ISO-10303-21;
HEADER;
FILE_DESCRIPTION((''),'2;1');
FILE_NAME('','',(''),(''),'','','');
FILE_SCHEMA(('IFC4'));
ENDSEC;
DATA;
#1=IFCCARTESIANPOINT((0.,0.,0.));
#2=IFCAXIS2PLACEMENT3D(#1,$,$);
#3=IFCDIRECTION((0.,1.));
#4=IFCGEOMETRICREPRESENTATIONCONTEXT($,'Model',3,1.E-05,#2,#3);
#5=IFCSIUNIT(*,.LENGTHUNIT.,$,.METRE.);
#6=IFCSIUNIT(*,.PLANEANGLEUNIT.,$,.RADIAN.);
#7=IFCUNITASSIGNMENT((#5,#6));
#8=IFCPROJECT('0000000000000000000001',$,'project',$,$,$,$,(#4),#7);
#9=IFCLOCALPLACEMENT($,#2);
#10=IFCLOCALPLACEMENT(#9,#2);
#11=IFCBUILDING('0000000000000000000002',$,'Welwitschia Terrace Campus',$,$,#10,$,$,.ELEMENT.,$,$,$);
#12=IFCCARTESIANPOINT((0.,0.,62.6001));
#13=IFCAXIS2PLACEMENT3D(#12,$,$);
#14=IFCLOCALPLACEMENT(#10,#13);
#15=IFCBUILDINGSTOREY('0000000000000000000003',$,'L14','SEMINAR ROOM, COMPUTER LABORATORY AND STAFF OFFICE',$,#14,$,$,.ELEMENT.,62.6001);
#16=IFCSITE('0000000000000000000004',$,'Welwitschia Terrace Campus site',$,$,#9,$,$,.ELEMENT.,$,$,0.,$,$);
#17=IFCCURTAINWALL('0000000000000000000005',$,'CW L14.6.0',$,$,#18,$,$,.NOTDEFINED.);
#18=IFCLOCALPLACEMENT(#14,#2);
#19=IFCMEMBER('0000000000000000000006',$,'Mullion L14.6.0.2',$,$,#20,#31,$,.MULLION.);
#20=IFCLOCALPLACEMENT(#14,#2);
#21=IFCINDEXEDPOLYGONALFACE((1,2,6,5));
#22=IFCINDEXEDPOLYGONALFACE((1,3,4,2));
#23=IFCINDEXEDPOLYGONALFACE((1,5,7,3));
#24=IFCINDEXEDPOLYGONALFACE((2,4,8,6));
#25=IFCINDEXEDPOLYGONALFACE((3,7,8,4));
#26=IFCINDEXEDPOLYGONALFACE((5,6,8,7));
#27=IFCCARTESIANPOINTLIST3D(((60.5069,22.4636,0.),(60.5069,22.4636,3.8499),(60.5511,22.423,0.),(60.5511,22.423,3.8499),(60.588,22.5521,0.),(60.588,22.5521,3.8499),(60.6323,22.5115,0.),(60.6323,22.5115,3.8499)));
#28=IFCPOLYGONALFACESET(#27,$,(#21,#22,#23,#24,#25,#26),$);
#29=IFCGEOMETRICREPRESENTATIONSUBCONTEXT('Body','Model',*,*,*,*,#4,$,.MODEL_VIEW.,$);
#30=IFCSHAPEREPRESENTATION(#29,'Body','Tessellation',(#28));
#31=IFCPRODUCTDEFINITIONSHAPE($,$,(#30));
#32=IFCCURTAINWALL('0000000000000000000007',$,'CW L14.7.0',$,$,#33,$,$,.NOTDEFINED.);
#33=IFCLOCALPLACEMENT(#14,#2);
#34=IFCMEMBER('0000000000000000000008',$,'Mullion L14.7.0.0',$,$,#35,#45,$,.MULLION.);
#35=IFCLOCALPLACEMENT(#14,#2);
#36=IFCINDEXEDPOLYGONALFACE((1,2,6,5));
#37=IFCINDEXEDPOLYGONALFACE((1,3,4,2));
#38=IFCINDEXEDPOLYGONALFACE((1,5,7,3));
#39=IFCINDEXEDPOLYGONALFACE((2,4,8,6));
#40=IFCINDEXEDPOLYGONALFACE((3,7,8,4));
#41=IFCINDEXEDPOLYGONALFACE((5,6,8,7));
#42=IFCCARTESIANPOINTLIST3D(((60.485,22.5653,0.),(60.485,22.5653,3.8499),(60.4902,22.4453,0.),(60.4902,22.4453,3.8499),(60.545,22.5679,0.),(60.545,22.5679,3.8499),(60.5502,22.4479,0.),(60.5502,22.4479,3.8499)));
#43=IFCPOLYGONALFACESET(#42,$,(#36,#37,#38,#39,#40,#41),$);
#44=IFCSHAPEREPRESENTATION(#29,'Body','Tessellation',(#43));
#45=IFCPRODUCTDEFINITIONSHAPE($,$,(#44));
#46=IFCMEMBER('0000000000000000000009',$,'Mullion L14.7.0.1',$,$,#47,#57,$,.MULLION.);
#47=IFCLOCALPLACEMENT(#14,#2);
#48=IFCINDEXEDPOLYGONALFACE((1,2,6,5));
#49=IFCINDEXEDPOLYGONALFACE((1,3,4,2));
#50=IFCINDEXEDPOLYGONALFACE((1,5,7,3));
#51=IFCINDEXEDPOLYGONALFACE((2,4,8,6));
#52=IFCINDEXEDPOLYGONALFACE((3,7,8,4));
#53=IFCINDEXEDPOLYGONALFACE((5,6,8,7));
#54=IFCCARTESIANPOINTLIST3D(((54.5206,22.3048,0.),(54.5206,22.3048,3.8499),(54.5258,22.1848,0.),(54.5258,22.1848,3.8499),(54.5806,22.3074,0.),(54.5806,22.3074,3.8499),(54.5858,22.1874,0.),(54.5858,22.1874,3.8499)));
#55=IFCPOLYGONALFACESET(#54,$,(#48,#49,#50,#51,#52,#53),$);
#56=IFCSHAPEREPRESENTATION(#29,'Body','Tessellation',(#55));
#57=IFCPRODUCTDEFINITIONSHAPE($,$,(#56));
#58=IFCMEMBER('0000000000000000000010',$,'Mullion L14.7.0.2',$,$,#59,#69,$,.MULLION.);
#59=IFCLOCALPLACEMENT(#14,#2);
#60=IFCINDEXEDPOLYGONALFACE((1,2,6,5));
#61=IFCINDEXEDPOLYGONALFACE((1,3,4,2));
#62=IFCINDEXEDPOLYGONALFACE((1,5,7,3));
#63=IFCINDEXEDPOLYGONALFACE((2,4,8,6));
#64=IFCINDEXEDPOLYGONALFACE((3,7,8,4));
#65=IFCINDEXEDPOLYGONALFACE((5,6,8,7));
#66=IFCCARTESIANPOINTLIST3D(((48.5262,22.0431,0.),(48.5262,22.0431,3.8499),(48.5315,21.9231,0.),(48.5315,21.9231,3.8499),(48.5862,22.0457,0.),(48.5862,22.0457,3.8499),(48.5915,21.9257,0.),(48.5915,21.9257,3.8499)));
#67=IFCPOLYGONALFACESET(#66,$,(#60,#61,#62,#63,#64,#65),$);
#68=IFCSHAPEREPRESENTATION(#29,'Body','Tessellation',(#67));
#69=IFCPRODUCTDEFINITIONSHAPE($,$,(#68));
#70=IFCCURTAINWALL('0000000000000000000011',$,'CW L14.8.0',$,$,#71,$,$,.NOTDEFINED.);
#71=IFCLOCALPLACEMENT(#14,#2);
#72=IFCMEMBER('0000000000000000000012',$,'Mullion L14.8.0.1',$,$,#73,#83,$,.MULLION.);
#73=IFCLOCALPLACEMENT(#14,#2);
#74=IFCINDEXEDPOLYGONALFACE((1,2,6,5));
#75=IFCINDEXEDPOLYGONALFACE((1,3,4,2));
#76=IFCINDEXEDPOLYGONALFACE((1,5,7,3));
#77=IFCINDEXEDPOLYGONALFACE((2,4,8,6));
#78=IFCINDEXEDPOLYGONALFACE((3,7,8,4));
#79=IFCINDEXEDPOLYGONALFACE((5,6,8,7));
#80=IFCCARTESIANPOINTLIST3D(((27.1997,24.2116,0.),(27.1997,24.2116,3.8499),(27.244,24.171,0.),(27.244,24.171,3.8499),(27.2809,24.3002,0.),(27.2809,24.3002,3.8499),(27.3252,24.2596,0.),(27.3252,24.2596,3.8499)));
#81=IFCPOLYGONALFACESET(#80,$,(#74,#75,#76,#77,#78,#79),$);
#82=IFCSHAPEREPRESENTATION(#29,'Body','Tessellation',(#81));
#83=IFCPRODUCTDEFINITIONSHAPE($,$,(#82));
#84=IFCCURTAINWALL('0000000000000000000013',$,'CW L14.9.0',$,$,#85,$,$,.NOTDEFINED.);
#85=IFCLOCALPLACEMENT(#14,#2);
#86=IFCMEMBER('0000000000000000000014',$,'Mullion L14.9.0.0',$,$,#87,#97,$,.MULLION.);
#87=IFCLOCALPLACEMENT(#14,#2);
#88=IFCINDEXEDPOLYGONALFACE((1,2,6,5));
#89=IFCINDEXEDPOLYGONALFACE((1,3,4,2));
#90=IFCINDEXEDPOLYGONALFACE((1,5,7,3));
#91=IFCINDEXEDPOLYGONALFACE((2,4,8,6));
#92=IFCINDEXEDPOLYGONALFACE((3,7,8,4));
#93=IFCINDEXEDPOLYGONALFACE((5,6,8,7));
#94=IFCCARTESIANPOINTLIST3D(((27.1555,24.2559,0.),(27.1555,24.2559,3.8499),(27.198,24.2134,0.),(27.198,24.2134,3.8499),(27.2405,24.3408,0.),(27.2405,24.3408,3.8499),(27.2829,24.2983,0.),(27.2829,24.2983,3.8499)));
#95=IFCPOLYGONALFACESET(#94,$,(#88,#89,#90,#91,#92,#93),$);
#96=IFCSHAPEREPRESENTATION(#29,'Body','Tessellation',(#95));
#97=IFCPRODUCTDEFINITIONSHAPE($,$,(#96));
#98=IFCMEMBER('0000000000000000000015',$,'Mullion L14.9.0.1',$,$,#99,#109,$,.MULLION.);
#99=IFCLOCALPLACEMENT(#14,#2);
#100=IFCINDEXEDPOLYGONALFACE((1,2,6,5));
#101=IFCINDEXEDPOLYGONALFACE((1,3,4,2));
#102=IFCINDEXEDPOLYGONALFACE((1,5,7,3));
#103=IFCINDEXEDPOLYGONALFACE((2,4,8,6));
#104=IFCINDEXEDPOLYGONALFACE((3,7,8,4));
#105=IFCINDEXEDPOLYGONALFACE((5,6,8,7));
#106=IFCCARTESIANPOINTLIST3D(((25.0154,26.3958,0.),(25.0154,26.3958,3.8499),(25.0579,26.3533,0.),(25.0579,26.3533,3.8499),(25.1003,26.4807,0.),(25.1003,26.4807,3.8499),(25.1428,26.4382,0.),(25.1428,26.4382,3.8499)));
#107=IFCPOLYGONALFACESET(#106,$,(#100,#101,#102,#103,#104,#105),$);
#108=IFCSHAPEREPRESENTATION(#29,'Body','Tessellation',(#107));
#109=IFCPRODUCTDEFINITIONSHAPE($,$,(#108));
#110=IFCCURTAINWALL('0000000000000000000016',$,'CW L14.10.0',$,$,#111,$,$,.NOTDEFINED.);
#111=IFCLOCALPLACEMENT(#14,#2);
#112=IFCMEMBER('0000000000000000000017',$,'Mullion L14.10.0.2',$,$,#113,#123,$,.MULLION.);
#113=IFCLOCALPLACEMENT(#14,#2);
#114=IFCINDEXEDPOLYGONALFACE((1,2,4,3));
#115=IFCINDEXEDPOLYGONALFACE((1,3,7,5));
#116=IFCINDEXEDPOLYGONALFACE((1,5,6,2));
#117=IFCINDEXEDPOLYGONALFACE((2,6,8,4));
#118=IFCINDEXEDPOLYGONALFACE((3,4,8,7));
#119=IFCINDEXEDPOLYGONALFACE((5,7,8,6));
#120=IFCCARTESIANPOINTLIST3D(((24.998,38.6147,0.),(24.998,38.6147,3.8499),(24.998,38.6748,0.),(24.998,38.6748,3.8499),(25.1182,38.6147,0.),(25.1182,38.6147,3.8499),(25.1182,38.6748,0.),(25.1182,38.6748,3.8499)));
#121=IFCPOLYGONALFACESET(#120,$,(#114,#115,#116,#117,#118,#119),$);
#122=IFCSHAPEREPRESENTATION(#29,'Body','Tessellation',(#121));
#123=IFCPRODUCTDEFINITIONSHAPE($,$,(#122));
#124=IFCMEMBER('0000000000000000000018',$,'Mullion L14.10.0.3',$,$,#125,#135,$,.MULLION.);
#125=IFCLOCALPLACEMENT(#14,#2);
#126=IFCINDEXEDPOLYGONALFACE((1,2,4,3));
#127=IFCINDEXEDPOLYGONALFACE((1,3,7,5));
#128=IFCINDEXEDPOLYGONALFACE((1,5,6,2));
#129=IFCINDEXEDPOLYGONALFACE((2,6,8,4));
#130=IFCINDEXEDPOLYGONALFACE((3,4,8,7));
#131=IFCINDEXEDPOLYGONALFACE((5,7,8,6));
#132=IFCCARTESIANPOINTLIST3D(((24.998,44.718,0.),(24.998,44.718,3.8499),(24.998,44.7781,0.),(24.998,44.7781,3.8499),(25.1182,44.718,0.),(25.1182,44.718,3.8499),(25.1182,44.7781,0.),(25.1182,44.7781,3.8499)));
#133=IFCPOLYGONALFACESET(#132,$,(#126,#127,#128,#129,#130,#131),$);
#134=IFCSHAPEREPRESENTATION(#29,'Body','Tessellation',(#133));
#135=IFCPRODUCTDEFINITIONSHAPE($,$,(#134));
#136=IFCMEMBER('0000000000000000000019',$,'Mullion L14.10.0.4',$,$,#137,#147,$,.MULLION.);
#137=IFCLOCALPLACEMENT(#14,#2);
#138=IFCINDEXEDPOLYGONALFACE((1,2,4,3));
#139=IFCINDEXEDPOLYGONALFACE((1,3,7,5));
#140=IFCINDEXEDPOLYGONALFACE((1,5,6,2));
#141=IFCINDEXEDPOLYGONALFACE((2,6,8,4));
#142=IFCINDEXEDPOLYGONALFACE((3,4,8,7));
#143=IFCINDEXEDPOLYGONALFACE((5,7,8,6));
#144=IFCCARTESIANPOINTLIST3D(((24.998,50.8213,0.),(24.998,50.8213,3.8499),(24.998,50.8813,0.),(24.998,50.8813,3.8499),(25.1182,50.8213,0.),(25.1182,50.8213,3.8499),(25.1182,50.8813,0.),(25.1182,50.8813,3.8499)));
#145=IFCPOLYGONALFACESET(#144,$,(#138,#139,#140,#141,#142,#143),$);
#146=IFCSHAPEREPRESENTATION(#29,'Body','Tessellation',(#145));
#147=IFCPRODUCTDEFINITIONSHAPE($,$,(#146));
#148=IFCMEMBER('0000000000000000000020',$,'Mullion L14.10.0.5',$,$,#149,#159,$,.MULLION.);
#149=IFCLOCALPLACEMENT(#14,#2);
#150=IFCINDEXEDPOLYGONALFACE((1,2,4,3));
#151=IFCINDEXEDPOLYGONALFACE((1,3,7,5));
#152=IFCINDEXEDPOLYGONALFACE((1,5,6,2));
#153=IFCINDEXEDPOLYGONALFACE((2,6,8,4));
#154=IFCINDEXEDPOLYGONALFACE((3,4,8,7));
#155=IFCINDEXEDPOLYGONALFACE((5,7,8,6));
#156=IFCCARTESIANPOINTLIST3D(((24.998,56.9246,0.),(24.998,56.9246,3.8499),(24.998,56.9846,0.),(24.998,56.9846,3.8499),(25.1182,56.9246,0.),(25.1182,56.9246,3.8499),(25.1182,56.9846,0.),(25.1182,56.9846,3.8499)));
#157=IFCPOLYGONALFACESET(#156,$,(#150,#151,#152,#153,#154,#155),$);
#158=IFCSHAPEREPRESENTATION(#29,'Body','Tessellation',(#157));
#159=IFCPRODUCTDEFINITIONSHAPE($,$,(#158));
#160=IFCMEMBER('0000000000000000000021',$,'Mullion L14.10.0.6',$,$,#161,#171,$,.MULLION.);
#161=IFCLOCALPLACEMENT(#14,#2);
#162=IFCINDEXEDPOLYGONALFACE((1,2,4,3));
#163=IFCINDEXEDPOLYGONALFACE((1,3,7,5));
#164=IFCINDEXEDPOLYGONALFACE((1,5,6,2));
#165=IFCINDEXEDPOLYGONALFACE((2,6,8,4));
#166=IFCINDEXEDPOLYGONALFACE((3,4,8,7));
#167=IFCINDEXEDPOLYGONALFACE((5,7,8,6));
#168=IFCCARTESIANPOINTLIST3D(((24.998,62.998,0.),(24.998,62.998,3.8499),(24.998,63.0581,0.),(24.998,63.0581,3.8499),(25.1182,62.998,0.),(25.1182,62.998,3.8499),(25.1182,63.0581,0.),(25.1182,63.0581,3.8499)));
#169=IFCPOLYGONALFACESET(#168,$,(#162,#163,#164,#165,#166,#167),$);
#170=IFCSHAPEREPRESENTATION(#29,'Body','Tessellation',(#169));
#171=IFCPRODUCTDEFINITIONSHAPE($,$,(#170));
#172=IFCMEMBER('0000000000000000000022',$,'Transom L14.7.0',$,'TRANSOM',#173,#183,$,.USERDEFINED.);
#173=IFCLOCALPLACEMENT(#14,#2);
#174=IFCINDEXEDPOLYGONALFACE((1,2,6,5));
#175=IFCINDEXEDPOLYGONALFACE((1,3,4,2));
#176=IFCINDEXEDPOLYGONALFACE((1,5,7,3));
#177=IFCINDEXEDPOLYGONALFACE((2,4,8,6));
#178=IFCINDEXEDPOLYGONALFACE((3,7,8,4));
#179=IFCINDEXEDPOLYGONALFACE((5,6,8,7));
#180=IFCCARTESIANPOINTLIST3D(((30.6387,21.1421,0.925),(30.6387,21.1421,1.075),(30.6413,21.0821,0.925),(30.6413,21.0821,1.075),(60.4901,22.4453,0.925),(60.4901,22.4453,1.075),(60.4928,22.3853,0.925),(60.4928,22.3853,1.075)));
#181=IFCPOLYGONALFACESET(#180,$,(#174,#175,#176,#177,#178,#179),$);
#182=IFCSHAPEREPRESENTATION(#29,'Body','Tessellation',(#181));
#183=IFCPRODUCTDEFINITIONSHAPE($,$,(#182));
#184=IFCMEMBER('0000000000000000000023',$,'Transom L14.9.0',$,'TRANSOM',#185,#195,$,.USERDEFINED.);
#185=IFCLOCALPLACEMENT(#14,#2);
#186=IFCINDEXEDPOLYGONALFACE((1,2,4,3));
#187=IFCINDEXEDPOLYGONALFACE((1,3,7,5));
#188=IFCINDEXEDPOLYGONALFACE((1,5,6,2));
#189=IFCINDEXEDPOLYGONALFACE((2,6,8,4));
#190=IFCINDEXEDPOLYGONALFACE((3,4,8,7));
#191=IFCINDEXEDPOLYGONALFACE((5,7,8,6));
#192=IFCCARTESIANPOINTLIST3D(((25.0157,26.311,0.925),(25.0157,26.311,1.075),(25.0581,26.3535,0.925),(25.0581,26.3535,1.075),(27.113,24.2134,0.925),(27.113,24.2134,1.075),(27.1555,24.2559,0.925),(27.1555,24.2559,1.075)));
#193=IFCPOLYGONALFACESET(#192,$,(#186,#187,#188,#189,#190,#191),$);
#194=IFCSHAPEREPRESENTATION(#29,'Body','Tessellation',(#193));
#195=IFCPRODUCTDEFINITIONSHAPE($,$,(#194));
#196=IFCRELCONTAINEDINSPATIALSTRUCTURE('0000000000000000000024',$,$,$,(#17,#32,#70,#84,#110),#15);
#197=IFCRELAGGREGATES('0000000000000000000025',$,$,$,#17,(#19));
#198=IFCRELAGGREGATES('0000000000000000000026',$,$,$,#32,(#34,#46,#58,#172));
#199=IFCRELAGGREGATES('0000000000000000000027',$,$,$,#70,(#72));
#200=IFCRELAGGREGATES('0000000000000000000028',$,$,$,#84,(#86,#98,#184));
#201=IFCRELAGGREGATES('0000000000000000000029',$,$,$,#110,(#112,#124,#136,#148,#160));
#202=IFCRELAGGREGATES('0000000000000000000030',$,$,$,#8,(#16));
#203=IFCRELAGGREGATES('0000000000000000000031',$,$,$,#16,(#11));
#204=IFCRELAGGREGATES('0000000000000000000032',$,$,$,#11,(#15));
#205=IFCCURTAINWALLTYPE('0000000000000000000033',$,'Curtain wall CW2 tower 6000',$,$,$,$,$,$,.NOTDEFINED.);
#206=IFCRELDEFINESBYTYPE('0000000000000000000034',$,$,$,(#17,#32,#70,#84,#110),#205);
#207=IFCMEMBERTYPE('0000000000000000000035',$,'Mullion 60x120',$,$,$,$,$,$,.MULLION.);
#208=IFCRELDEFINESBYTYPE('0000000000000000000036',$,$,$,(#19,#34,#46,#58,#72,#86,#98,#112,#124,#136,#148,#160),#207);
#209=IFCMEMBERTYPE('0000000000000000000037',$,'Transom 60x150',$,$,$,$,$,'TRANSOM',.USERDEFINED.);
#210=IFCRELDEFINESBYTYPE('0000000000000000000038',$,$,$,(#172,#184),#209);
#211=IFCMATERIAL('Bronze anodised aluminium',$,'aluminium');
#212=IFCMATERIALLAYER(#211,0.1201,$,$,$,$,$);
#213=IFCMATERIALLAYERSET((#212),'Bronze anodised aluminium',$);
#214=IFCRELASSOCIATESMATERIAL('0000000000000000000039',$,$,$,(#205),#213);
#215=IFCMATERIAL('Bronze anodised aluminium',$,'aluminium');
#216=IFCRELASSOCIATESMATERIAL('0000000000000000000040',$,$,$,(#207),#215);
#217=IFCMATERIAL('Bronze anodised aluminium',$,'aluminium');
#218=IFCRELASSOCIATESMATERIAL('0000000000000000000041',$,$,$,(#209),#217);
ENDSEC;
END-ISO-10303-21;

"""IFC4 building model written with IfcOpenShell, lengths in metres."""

from ifc_helpers import new_model, si_unit, direction, frame, origin, origin_2d, place, context, subcontext, project, spatial, rectangle, extrude, material, layer, layer_set, material_profile, profile_set, type_object, element, aggregate, save


model = new_model("IFC4")

# Units and contexts
model_context = context("Model", 3, precision=1e-05, world=origin(), true_north=direction((0.0, 1.0)))
body_context = subcontext(model_context, "Body", "Model", "MODEL_VIEW")
ifc_project = project(units=[si_unit("LENGTHUNIT", "METRE"), si_unit("PLANEANGLEUNIT", "RADIAN")], contexts=[model_context])

# Site, building, storey
site_placement = place(None, origin())
site = spatial("IfcSite", under=ifc_project, at=site_placement, Name="Welwitschia Terrace Campus site", CompositionType="ELEMENT", RefElevation=0.0)
building_placement = place(site_placement, origin())
building = spatial("IfcBuilding", under=site, at=building_placement, Name="Welwitschia Terrace Campus", CompositionType="ELEMENT")
storey_placement = place(building_placement, frame((0.0, 0.0, 62.6001)))
storey = spatial("IfcBuildingStorey", under=building, at=storey_placement, Name="L14", Description="SEMINAR ROOM, COMPUTER LABORATORY AND STAFF OFFICE", CompositionType="ELEMENT", Elevation=62.6001)

# Curtain wall, member
ifc_material_1 = material(Name="Bronze anodised aluminium", Category="aluminium")
ifc_layer_1 = layer(ifc_material_1, 0.1201)
ifc_layer_set_1 = layer_set([ifc_layer_1], Name="Bronze anodised aluminium")
curtain_wall_type = type_object("IfcCurtainWallType", Name="Curtain wall CW2 tower 6000", PredefinedType="NOTDEFINED", material=ifc_layer_set_1)
curtain_wall_1_placement = place(storey_placement, origin())
curtain_wall_1 = element("IfcCurtainWall", 1, at=curtain_wall_1_placement, inside=storey, type_object=curtain_wall_type, Name="CW L14.6.0", PredefinedType="NOTDEFINED")
ifc_material_2 = material(Name="Bronze anodised aluminium", Category="aluminium")
ifc_material_profile_1 = material_profile(ifc_material_2, rectangle(XDim=0.1201, YDim=0.0601, at=origin_2d()))
ifc_profile_set_1 = profile_set([ifc_material_profile_1], Name="Bronze anodised aluminium")
member_type_1 = type_object("IfcMemberType", Name="Mullion 60x120", PredefinedType="MULLION", material=ifc_profile_set_1)
member_1_placement = place(storey_placement, frame((60.5696, 22.4875, 0.0), z_axis=(0.0, 0.0, 1.0), x_axis=(-0.67559, -0.737277, 0.0)))
member_1 = element("IfcMember", 2, at=member_1_placement, type_object=member_type_1, Name="Mullion L14.6.0.2", PredefinedType="MULLION", context=body_context, shape_type="SweptSolid", body=[
    extrude(rectangle(XDim=0.1201, YDim=0.0601, at=origin_2d()), origin(), (0.0, 0.0, 1.0), 3.8499),
])
aggregate(curtain_wall_1, [member_1])

# Curtain wall, members
curtain_wall_2_placement = place(storey_placement, origin())
curtain_wall_2 = element("IfcCurtainWall", 3, at=curtain_wall_2_placement, inside=storey, type_object=curtain_wall_type, Name="CW L14.7.0", PredefinedType="NOTDEFINED")
member_2_placement = place(storey_placement, frame((60.5176, 22.5066, 0.0), z_axis=(0.0, 0.0, 1.0), x_axis=(0.043619, -0.999048, 0.0)))
member_2 = element("IfcMember", 4, at=member_2_placement, type_object=member_type_1, Name="Mullion L14.7.0.0", PredefinedType="MULLION", context=body_context, shape_type="SweptSolid", body=[
    extrude(rectangle(XDim=0.1201, YDim=0.0601, at=origin_2d()), origin(), (0.0, 0.0, 1.0), 3.8499),
])
member_3_placement = place(storey_placement, frame((54.5532, 22.2461, 0.0), z_axis=(0.0, 0.0, 1.0), x_axis=(0.043619, -0.999048, 0.0)))
member_3 = element("IfcMember", 5, at=member_3_placement, type_object=member_type_1, Name="Mullion L14.7.0.1", PredefinedType="MULLION", context=body_context, shape_type="SweptSolid", body=[
    extrude(rectangle(XDim=0.1201, YDim=0.0601, at=origin_2d()), origin(), (0.0, 0.0, 1.0), 3.8499),
])
member_4_placement = place(storey_placement, frame((48.5588, 21.9844, 0.0), z_axis=(0.0, 0.0, 1.0), x_axis=(0.043619, -0.999048, 0.0)))
member_4 = element("IfcMember", 6, at=member_4_placement, type_object=member_type_1, Name="Mullion L14.7.0.2", PredefinedType="MULLION", context=body_context, shape_type="SweptSolid", body=[
    extrude(rectangle(XDim=0.1201, YDim=0.0601, at=origin_2d()), origin(), (0.0, 0.0, 1.0), 3.8499),
])

# Curtain wall, member
curtain_wall_3_placement = place(storey_placement, origin())
curtain_wall_3 = element("IfcCurtainWall", 7, at=curtain_wall_3_placement, inside=storey, type_object=curtain_wall_type, Name="CW L14.8.0", PredefinedType="NOTDEFINED")
member_5_placement = place(storey_placement, frame((27.2625, 24.2356, 0.0), z_axis=(0.0, 0.0, 1.0), x_axis=(-0.67559, -0.737277, 0.0)))
member_5 = element("IfcMember", 8, at=member_5_placement, type_object=member_type_1, Name="Mullion L14.8.0.1", PredefinedType="MULLION", context=body_context, shape_type="SweptSolid", body=[
    extrude(rectangle(XDim=0.1201, YDim=0.0601, at=origin_2d()), origin(), (0.0, 0.0, 1.0), 3.8499),
])

# Curtain walls, members
curtain_wall_4_placement = place(storey_placement, origin())
curtain_wall_4 = element("IfcCurtainWall", 9, at=curtain_wall_4_placement, inside=storey, type_object=curtain_wall_type, Name="CW L14.9.0", PredefinedType="NOTDEFINED")
member_6_placement = place(storey_placement, frame((27.2192, 24.2771, 0.0), z_axis=(0.0, 0.0, 1.0), x_axis=(-0.707107, -0.707107, 0.0)))
member_6 = element("IfcMember", 10, at=member_6_placement, type_object=member_type_1, Name="Mullion L14.9.0.0", PredefinedType="MULLION", context=body_context, shape_type="SweptSolid", body=[
    extrude(rectangle(XDim=0.1201, YDim=0.0601, at=origin_2d()), origin(), (0.0, 0.0, 1.0), 3.8499),
])
member_7_placement = place(storey_placement, frame((25.0791, 26.417, 0.0), z_axis=(0.0, 0.0, 1.0), x_axis=(-0.707107, -0.707107, 0.0)))
member_7 = element("IfcMember", 11, at=member_7_placement, type_object=member_type_1, Name="Mullion L14.9.0.1", PredefinedType="MULLION", context=body_context, shape_type="SweptSolid", body=[
    extrude(rectangle(XDim=0.1201, YDim=0.0601, at=origin_2d()), origin(), (0.0, 0.0, 1.0), 3.8499),
])
curtain_wall_5_placement = place(storey_placement, origin())
curtain_wall_5 = element("IfcCurtainWall", 12, at=curtain_wall_5_placement, inside=storey, type_object=curtain_wall_type, Name="CW L14.10.0", PredefinedType="NOTDEFINED")
member_8_placement = place(storey_placement, frame((25.0581, 38.6448, 0.0), z_axis=(0.0, 0.0, 1.0), x_axis=(-1.0, 0.0, 0.0)))
member_8 = element("IfcMember", 13, at=member_8_placement, type_object=member_type_1, Name="Mullion L14.10.0.2", PredefinedType="MULLION", context=body_context, shape_type="SweptSolid", body=[
    extrude(rectangle(XDim=0.1201, YDim=0.0601, at=origin_2d()), origin(), (0.0, 0.0, 1.0), 3.8499),
])
member_9_placement = place(storey_placement, frame((25.0581, 44.748, 0.0), z_axis=(0.0, 0.0, 1.0), x_axis=(-1.0, 0.0, 0.0)))
member_9 = element("IfcMember", 14, at=member_9_placement, type_object=member_type_1, Name="Mullion L14.10.0.3", PredefinedType="MULLION", context=body_context, shape_type="SweptSolid", body=[
    extrude(rectangle(XDim=0.1201, YDim=0.0601, at=origin_2d()), origin(), (0.0, 0.0, 1.0), 3.8499),
])
member_10_placement = place(storey_placement, frame((25.0581, 50.8513, 0.0), z_axis=(0.0, 0.0, 1.0), x_axis=(-1.0, 0.0, 0.0)))
member_10 = element("IfcMember", 15, at=member_10_placement, type_object=member_type_1, Name="Mullion L14.10.0.4", PredefinedType="MULLION", context=body_context, shape_type="SweptSolid", body=[
    extrude(rectangle(XDim=0.1201, YDim=0.0601, at=origin_2d()), origin(), (0.0, 0.0, 1.0), 3.8499),
])
member_11_placement = place(storey_placement, frame((25.0581, 56.9546, 0.0), z_axis=(0.0, 0.0, 1.0), x_axis=(-1.0, 0.0, 0.0)))
member_11 = element("IfcMember", 16, at=member_11_placement, type_object=member_type_1, Name="Mullion L14.10.0.5", PredefinedType="MULLION", context=body_context, shape_type="SweptSolid", body=[
    extrude(rectangle(XDim=0.1201, YDim=0.0601, at=origin_2d()), origin(), (0.0, 0.0, 1.0), 3.8499),
])
member_12_placement = place(storey_placement, frame((25.0581, 63.0281, 0.0), z_axis=(0.0, 0.0, 1.0), x_axis=(-1.0, 0.0, 0.0)))
member_12 = element("IfcMember", 17, at=member_12_placement, type_object=member_type_1, Name="Mullion L14.10.0.6", PredefinedType="MULLION", context=body_context, shape_type="SweptSolid", body=[
    extrude(rectangle(XDim=0.1201, YDim=0.0601, at=origin_2d()), origin(), (0.0, 0.0, 1.0), 3.8499),
])

# Members
ifc_material_3 = material(Name="Bronze anodised aluminium", Category="aluminium")
ifc_material_profile_2 = material_profile(ifc_material_3, rectangle(XDim=0.0601, YDim=0.1499, at=origin_2d()))
ifc_profile_set_2 = profile_set([ifc_material_profile_2], Name="Bronze anodised aluminium")
member_type_2 = type_object("IfcMemberType", Name="Transom 60x150", ElementType="TRANSOM", PredefinedType="USERDEFINED", material=ifc_profile_set_2)
member_13_placement = place(storey_placement, frame((60.4915, 22.4153, 1.0), z_axis=(-0.999048, -0.043615, 0.0), x_axis=(0.043615, -0.999048, 0.0)))
member_13 = element("IfcMember", 18, at=member_13_placement, type_object=member_type_2, Name="Transom L14.7.0", ObjectType="TRANSOM", PredefinedType="USERDEFINED", context=body_context, shape_type="SweptSolid", body=[
    extrude(rectangle(XDim=0.0601, YDim=0.1499, at=origin_2d()), origin(), (0.0, 0.0, 1.0), 29.8799),
])
member_14_placement = place(storey_placement, frame((27.1343, 24.2346, 1.0), z_axis=(-0.707066, 0.707148, 0.0), x_axis=(-0.707148, -0.707066, 0.0)))
member_14 = element("IfcMember", 19, at=member_14_placement, type_object=member_type_2, Name="Transom L14.9.0", ObjectType="TRANSOM", PredefinedType="USERDEFINED", context=body_context, shape_type="SweptSolid", body=[
    extrude(rectangle(XDim=0.0601, YDim=0.1499, at=origin_2d()), origin(), (0.0, 0.0, 1.0), 2.9663),
])

aggregate(curtain_wall_2, [member_2, member_3, member_4, member_13])
aggregate(curtain_wall_3, [member_5])
aggregate(curtain_wall_4, [member_6, member_7, member_14])
aggregate(curtain_wall_5, [member_8, member_9, member_10, member_11, member_12])

save(model, "model.ifc")
